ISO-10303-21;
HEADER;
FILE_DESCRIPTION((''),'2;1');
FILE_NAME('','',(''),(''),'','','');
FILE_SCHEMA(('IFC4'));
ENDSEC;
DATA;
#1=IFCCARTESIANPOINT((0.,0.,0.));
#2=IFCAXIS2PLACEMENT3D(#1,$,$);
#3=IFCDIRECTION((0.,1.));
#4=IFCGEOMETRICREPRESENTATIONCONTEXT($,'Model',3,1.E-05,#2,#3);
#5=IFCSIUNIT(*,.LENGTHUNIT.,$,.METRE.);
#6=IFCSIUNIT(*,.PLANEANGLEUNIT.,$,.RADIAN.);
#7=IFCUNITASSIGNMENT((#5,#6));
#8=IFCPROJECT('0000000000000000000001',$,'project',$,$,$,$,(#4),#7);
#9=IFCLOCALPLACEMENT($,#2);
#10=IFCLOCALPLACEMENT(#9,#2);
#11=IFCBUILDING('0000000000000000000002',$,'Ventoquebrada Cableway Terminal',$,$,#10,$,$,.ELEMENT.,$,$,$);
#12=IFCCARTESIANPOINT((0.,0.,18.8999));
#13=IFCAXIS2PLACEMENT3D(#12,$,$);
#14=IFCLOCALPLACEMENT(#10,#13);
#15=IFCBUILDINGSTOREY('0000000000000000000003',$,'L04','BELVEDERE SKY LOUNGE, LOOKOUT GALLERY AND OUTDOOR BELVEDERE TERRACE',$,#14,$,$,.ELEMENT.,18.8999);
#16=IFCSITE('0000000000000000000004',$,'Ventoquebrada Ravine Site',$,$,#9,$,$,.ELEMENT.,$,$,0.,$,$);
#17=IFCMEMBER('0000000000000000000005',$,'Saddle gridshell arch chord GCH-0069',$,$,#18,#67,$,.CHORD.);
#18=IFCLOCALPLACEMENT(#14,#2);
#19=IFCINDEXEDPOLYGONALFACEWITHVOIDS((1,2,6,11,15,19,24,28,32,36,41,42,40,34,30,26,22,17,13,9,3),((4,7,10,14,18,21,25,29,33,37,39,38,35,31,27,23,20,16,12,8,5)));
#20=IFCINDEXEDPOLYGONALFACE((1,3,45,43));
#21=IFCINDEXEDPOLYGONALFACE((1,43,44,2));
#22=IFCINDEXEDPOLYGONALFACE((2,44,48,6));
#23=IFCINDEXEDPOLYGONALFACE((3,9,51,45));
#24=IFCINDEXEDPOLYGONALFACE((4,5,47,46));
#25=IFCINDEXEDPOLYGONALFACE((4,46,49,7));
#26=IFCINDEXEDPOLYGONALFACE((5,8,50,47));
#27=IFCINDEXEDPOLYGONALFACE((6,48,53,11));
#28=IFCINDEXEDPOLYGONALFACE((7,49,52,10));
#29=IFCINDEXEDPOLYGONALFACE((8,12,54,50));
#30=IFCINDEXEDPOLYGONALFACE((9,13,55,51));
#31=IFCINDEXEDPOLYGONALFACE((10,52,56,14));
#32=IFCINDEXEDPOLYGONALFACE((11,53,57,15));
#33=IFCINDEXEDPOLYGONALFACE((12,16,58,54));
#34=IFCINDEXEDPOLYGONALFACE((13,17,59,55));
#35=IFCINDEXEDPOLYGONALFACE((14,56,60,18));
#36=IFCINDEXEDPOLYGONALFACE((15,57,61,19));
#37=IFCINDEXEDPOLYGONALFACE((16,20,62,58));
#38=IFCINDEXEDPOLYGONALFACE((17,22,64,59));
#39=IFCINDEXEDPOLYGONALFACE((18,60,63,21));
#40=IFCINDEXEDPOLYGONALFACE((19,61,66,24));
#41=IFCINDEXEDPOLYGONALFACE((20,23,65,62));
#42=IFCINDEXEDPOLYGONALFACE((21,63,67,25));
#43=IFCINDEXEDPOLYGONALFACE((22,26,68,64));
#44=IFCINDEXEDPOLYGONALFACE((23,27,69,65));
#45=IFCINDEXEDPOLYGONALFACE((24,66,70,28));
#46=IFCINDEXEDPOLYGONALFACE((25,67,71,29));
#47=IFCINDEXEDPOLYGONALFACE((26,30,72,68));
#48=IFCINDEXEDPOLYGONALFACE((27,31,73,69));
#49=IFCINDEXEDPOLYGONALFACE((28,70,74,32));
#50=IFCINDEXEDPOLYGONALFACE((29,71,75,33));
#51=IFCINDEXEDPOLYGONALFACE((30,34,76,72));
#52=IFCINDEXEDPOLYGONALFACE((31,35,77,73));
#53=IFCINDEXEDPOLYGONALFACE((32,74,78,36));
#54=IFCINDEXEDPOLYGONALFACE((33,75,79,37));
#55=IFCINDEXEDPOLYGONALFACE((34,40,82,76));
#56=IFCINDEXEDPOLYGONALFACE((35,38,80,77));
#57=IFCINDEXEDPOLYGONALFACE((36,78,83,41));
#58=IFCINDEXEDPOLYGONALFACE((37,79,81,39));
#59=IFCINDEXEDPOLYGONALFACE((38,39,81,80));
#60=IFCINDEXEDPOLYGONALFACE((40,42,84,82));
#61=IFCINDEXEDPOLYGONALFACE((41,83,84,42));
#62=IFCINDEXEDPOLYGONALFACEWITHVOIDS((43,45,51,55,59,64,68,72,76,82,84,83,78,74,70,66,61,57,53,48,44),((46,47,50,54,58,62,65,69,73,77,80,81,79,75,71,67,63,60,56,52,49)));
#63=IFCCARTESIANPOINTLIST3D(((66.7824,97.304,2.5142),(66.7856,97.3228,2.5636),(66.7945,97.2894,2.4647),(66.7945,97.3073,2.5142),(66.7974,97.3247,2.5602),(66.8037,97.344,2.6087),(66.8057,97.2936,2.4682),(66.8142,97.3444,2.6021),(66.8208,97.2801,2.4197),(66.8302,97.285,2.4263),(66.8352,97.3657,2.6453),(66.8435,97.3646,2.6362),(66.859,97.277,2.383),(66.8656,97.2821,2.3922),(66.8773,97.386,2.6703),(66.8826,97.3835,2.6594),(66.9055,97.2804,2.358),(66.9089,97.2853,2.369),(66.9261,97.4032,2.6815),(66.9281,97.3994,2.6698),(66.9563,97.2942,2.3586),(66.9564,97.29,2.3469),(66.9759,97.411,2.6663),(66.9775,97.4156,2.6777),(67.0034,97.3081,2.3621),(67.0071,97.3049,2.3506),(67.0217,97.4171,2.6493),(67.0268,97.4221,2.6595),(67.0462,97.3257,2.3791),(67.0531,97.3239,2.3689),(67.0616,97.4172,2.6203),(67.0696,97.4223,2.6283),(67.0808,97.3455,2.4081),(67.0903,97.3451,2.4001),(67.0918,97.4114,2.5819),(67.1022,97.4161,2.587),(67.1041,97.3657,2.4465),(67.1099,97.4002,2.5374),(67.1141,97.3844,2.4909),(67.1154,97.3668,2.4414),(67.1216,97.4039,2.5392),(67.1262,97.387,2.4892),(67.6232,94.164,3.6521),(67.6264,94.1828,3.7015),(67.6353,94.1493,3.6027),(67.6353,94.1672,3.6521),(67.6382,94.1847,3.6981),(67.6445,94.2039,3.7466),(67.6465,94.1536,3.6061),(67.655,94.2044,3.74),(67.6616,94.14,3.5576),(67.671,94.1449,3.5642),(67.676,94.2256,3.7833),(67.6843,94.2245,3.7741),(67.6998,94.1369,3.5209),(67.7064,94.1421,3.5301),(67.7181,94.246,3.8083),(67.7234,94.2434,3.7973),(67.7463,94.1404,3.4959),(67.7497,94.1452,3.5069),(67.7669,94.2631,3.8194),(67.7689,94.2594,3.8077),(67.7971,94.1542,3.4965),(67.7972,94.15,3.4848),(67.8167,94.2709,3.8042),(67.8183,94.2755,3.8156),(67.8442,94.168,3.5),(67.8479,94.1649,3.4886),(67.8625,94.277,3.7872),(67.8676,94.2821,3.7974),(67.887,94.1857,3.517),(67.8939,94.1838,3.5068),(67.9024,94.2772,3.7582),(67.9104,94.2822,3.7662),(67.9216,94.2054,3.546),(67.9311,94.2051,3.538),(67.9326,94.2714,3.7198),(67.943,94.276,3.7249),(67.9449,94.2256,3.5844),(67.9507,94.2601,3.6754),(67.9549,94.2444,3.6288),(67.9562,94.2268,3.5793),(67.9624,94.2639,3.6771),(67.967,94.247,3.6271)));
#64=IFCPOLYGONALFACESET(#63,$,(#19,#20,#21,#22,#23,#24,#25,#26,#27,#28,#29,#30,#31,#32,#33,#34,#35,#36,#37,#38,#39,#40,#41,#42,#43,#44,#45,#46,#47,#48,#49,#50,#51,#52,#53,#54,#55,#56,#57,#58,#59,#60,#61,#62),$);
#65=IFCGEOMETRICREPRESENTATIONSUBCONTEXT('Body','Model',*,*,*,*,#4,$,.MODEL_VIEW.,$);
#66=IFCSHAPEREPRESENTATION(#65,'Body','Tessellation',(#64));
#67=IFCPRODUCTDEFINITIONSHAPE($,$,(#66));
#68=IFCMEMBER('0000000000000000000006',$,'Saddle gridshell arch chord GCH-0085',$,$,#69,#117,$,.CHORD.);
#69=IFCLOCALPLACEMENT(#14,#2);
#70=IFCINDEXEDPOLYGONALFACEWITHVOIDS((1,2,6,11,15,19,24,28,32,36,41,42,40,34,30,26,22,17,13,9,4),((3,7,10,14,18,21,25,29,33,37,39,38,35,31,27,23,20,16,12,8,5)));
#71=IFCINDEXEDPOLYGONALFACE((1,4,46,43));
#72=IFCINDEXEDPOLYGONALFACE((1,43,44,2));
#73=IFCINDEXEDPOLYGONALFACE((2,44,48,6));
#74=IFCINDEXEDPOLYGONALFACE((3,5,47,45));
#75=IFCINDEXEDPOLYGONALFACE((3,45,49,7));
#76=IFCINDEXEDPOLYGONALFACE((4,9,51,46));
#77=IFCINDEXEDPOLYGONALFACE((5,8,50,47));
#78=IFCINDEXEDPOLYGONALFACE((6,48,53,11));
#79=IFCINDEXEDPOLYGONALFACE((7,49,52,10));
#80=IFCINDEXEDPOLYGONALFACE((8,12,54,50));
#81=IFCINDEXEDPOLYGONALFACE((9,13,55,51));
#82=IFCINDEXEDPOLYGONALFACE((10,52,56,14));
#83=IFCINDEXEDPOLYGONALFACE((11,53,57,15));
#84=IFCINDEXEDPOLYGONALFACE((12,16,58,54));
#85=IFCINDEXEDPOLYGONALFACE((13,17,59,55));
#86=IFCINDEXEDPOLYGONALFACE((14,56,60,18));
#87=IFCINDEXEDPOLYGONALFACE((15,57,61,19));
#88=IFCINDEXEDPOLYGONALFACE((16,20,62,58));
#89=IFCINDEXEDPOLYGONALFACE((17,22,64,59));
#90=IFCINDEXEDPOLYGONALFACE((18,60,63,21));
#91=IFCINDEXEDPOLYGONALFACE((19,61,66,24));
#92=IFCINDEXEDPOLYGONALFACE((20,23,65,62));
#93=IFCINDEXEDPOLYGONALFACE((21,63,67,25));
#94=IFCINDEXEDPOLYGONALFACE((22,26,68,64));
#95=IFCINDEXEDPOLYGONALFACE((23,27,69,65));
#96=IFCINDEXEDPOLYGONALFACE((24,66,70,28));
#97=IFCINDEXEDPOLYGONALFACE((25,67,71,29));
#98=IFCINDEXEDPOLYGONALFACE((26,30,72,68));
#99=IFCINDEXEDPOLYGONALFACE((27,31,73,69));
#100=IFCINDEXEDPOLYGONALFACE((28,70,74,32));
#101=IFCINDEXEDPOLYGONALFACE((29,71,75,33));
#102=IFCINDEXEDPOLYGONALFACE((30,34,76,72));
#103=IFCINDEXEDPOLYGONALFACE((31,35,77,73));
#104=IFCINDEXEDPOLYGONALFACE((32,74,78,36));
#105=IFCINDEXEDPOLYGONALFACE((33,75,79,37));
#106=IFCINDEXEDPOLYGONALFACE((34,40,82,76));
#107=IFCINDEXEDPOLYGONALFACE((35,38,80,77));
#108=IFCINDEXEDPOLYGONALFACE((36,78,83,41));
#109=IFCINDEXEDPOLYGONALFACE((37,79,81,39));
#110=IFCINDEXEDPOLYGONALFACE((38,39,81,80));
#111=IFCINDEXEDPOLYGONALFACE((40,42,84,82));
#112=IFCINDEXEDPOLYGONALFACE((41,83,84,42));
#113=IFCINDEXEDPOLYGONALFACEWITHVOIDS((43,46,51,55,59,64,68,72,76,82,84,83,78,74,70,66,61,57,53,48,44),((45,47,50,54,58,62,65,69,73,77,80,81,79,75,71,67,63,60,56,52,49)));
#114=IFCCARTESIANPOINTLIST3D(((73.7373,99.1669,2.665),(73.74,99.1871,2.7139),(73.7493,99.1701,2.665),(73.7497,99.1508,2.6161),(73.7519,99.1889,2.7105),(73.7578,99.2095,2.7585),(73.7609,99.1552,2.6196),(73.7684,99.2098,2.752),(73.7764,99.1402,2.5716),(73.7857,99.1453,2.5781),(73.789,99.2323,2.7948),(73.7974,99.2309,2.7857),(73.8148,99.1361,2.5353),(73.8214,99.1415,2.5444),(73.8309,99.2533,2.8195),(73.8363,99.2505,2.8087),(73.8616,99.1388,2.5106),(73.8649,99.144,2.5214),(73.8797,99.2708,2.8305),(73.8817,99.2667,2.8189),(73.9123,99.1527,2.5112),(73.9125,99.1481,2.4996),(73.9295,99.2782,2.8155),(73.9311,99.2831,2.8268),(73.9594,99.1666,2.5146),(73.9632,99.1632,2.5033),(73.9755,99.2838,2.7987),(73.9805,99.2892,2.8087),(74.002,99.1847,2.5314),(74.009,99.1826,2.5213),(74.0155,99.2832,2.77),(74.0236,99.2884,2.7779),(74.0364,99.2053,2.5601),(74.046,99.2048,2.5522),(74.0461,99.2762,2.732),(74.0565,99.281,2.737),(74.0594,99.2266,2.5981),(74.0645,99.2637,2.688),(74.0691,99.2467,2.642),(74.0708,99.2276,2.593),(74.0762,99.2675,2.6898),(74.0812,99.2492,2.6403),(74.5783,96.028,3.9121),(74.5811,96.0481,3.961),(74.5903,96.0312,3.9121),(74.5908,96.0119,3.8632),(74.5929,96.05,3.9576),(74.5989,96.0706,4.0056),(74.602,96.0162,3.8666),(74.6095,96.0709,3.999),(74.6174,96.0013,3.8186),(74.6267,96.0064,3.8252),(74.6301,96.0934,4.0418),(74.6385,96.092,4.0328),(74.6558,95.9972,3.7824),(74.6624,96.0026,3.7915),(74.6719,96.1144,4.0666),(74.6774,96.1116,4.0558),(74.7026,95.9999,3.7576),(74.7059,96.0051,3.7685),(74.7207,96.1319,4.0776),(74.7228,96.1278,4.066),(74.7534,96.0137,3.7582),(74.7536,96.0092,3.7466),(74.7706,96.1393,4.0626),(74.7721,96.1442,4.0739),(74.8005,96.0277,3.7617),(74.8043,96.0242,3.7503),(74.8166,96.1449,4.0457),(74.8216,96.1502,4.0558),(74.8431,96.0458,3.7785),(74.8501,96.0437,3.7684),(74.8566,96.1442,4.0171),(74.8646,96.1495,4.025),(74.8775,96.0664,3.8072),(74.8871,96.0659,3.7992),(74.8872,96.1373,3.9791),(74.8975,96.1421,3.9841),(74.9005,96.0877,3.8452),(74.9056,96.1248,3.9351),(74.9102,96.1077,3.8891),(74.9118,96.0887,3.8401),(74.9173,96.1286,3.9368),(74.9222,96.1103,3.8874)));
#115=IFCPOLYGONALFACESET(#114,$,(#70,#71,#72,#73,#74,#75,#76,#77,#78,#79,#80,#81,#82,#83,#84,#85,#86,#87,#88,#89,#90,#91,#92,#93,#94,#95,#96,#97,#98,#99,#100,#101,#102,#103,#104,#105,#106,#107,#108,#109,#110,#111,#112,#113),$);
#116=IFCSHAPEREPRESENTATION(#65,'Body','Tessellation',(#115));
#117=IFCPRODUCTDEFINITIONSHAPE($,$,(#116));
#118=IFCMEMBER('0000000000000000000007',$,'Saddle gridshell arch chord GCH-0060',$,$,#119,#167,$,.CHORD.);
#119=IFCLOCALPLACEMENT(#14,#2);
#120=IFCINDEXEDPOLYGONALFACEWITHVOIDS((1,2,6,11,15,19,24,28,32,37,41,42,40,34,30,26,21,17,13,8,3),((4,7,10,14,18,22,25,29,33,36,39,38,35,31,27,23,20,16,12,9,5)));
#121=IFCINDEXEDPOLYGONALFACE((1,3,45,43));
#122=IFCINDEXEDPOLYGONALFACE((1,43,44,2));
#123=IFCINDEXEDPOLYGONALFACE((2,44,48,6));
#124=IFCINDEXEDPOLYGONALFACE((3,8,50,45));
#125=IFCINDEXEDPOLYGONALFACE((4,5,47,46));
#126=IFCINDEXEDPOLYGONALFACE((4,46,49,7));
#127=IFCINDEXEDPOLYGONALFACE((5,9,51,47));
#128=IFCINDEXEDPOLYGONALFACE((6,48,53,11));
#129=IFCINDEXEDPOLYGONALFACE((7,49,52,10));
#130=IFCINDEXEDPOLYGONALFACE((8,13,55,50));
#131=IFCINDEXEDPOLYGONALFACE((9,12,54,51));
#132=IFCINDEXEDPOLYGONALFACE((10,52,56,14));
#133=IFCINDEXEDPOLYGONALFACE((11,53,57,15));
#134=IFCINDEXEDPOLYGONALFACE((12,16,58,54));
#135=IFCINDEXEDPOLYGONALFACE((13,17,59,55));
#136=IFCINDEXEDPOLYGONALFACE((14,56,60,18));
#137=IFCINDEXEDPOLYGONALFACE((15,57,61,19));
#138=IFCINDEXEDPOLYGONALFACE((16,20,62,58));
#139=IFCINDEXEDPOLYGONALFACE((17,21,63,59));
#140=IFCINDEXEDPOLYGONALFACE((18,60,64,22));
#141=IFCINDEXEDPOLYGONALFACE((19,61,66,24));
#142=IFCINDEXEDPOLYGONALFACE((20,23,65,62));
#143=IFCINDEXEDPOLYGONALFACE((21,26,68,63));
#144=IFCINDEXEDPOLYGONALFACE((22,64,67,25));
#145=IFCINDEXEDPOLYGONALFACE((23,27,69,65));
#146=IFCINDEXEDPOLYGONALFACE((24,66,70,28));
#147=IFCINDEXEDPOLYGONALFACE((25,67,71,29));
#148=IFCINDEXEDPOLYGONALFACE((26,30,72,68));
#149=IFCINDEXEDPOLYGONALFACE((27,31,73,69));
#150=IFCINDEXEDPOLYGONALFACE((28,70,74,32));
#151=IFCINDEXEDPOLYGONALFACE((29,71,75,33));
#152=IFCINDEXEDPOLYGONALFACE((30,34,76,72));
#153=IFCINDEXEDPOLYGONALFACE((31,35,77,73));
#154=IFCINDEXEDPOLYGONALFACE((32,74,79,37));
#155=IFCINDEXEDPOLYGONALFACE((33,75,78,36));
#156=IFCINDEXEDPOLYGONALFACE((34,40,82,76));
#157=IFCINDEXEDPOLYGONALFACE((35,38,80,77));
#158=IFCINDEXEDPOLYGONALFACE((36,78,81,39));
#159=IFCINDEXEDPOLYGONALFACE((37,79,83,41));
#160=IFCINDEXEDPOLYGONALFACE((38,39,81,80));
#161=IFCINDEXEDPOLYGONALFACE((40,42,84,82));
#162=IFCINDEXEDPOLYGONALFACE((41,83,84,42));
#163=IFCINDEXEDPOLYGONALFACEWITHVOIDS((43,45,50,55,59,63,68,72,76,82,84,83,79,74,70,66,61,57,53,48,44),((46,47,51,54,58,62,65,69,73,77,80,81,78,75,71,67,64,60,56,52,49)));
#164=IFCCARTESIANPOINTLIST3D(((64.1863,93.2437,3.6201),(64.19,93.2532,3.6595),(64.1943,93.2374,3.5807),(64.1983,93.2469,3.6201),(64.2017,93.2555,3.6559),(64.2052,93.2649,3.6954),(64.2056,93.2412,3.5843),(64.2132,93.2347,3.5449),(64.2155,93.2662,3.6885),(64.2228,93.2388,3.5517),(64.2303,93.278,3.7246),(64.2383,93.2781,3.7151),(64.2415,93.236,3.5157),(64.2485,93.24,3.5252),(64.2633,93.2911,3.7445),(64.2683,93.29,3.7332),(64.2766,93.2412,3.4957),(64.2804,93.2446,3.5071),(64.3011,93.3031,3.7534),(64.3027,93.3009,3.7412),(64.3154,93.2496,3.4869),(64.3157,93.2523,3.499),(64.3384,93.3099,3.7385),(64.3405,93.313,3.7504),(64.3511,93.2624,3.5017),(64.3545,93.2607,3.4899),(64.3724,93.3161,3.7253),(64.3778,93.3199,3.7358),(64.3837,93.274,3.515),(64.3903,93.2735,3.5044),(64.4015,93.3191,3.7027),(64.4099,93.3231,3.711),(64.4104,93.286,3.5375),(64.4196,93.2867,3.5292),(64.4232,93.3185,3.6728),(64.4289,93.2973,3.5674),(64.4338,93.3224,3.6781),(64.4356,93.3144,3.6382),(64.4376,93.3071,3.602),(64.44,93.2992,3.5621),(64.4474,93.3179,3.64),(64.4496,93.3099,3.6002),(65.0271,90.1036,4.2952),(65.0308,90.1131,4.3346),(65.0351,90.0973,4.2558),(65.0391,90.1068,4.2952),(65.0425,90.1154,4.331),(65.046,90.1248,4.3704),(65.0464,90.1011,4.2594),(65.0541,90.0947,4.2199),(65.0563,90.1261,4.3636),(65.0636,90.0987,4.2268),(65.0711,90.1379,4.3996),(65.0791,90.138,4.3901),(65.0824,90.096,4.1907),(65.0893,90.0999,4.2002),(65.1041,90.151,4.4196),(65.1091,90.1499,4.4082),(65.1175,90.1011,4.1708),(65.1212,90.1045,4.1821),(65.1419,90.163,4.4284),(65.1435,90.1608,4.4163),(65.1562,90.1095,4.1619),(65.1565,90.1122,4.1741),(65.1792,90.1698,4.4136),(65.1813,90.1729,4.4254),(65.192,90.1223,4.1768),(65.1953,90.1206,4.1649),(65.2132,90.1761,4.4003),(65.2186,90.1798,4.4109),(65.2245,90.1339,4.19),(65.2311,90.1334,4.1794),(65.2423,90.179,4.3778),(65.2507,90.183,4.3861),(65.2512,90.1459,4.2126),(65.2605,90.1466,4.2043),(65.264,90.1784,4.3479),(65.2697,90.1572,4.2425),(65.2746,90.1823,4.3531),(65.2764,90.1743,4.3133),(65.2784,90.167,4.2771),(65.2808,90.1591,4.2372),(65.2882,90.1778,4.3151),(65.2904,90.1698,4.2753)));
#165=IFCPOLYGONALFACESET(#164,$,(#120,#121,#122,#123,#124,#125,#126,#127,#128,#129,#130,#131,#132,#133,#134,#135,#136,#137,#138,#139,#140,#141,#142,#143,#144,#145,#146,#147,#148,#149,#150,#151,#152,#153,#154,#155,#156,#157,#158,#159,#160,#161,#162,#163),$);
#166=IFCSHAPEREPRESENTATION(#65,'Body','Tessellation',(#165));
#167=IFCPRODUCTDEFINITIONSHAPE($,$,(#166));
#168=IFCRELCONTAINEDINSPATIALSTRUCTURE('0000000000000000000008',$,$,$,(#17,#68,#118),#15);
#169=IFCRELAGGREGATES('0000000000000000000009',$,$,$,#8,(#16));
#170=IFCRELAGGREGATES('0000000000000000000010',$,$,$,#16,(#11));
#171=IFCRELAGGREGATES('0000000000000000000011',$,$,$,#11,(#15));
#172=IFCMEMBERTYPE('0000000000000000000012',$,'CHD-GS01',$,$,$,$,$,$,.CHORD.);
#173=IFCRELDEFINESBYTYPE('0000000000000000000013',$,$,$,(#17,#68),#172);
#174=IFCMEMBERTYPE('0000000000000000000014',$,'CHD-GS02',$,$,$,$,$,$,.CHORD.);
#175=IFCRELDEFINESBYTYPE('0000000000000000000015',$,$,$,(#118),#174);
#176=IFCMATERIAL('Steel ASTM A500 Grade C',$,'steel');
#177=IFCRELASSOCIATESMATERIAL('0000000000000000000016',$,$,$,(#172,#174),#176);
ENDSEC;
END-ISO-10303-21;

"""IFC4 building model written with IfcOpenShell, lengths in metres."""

from ifc_helpers import new_model, si_unit, direction, frame, origin, origin_2d, place, context, subcontext, project, spatial, hollow_circle, extrude, material, material_profile, profile_set, type_object, element, save


model = new_model("IFC4")

# Units and contexts
model_context = context("Model", 3, precision=1e-05, world=origin(), true_north=direction((0.0, 1.0)))
body_context = subcontext(model_context, "Body", "Model", "MODEL_VIEW")
ifc_project = project(units=[si_unit("LENGTHUNIT", "METRE"), si_unit("PLANEANGLEUNIT", "RADIAN")], contexts=[model_context])

# Site, building, storey
site_placement = place(None, origin())
site = spatial("IfcSite", under=ifc_project, at=site_placement, Name="Ventoquebrada Ravine Site", CompositionType="ELEMENT", RefElevation=0.0)
building_placement = place(site_placement, origin())
building = spatial("IfcBuilding", under=site, at=building_placement, Name="Ventoquebrada Cableway Terminal", CompositionType="ELEMENT")
storey_placement = place(building_placement, frame((0.0, 0.0, 18.8999)))
storey = spatial("IfcBuildingStorey", under=building, at=storey_placement, Name="L04", Description="BELVEDERE SKY LOUNGE, LOOKOUT GALLERY AND OUTDOOR BELVEDERE TERRACE", CompositionType="ELEMENT", Elevation=18.8999)

# Members
ifc_material_1 = material(Name="Steel ASTM A500 Grade C", Category="steel")
ifc_material_profile_1 = material_profile(ifc_material_1, hollow_circle(Radius=0.1777, WallThickness=0.0125, at=origin_2d()), Name="CHS355.6X12.5")
ifc_profile_set_1 = profile_set([ifc_material_profile_1], Name="Steel ASTM A500 Grade C")
member_type_1 = type_object("IfcMemberType", Name="CHD-GS01", PredefinedType="CHORD", material=ifc_profile_set_1)
member_1_placement = place(storey_placement, frame((67.7949, 94.21, 3.6521), z_axis=(-0.244128, 0.911724, -0.330395), x_axis=(-0.96597, -0.258653, 0.0)))
element("IfcMember", 1, at=member_1_placement, inside=storey, type_object=member_type_1, Name="Saddle gridshell arch chord GCH-0069", PredefinedType="CHORD", context=body_context, shape_type="SweptSolid", body=[
    extrude(hollow_circle(Radius=0.1777, WallThickness=0.0125, at=origin_2d()), origin(), (0.0, 0.0, 1.0), 3.4441),
])
member_2_placement = place(storey_placement, frame((74.75, 96.074, 3.9121), z_axis=(-0.241636, 0.901802, -0.35828), x_axis=(-0.965926, -0.258817, 0.0)))
element("IfcMember", 2, at=member_2_placement, inside=storey, type_object=member_type_1, Name="Saddle gridshell arch chord GCH-0085", PredefinedType="CHORD", context=body_context, shape_type="SweptSolid", body=[
    extrude(hollow_circle(Radius=0.1777, WallThickness=0.0125, at=origin_2d()), origin(), (0.0, 0.0, 1.0), 3.4807),
])
ifc_material_profile_2 = material_profile(ifc_material_1, hollow_circle(Radius=0.1365, WallThickness=0.0125, at=origin_2d()), Name="CHS273.0X12.5")
ifc_profile_set_2 = profile_set([ifc_material_profile_2], Name="Steel ASTM A500 Grade C")
member_type_2 = type_object("IfcMemberType", Name="CHD-GS02", PredefinedType="CHORD", material=ifc_profile_set_2)
member_3_placement = place(storey_placement, frame((65.1589, 90.1389, 4.2952), z_axis=(-0.253251, 0.945793, -0.203321), x_axis=(-0.96597, -0.258653, 0.0)))
element("IfcMember", 3, at=member_3_placement, inside=storey, type_object=member_type_2, Name="Saddle gridshell arch chord GCH-0060", PredefinedType="CHORD", context=body_context, shape_type="SweptSolid", body=[
    extrude(hollow_circle(Radius=0.1365, WallThickness=0.0125, at=origin_2d()), origin(), (0.0, 0.0, 1.0), 3.3201),
])

save(model, "model.ifc")
